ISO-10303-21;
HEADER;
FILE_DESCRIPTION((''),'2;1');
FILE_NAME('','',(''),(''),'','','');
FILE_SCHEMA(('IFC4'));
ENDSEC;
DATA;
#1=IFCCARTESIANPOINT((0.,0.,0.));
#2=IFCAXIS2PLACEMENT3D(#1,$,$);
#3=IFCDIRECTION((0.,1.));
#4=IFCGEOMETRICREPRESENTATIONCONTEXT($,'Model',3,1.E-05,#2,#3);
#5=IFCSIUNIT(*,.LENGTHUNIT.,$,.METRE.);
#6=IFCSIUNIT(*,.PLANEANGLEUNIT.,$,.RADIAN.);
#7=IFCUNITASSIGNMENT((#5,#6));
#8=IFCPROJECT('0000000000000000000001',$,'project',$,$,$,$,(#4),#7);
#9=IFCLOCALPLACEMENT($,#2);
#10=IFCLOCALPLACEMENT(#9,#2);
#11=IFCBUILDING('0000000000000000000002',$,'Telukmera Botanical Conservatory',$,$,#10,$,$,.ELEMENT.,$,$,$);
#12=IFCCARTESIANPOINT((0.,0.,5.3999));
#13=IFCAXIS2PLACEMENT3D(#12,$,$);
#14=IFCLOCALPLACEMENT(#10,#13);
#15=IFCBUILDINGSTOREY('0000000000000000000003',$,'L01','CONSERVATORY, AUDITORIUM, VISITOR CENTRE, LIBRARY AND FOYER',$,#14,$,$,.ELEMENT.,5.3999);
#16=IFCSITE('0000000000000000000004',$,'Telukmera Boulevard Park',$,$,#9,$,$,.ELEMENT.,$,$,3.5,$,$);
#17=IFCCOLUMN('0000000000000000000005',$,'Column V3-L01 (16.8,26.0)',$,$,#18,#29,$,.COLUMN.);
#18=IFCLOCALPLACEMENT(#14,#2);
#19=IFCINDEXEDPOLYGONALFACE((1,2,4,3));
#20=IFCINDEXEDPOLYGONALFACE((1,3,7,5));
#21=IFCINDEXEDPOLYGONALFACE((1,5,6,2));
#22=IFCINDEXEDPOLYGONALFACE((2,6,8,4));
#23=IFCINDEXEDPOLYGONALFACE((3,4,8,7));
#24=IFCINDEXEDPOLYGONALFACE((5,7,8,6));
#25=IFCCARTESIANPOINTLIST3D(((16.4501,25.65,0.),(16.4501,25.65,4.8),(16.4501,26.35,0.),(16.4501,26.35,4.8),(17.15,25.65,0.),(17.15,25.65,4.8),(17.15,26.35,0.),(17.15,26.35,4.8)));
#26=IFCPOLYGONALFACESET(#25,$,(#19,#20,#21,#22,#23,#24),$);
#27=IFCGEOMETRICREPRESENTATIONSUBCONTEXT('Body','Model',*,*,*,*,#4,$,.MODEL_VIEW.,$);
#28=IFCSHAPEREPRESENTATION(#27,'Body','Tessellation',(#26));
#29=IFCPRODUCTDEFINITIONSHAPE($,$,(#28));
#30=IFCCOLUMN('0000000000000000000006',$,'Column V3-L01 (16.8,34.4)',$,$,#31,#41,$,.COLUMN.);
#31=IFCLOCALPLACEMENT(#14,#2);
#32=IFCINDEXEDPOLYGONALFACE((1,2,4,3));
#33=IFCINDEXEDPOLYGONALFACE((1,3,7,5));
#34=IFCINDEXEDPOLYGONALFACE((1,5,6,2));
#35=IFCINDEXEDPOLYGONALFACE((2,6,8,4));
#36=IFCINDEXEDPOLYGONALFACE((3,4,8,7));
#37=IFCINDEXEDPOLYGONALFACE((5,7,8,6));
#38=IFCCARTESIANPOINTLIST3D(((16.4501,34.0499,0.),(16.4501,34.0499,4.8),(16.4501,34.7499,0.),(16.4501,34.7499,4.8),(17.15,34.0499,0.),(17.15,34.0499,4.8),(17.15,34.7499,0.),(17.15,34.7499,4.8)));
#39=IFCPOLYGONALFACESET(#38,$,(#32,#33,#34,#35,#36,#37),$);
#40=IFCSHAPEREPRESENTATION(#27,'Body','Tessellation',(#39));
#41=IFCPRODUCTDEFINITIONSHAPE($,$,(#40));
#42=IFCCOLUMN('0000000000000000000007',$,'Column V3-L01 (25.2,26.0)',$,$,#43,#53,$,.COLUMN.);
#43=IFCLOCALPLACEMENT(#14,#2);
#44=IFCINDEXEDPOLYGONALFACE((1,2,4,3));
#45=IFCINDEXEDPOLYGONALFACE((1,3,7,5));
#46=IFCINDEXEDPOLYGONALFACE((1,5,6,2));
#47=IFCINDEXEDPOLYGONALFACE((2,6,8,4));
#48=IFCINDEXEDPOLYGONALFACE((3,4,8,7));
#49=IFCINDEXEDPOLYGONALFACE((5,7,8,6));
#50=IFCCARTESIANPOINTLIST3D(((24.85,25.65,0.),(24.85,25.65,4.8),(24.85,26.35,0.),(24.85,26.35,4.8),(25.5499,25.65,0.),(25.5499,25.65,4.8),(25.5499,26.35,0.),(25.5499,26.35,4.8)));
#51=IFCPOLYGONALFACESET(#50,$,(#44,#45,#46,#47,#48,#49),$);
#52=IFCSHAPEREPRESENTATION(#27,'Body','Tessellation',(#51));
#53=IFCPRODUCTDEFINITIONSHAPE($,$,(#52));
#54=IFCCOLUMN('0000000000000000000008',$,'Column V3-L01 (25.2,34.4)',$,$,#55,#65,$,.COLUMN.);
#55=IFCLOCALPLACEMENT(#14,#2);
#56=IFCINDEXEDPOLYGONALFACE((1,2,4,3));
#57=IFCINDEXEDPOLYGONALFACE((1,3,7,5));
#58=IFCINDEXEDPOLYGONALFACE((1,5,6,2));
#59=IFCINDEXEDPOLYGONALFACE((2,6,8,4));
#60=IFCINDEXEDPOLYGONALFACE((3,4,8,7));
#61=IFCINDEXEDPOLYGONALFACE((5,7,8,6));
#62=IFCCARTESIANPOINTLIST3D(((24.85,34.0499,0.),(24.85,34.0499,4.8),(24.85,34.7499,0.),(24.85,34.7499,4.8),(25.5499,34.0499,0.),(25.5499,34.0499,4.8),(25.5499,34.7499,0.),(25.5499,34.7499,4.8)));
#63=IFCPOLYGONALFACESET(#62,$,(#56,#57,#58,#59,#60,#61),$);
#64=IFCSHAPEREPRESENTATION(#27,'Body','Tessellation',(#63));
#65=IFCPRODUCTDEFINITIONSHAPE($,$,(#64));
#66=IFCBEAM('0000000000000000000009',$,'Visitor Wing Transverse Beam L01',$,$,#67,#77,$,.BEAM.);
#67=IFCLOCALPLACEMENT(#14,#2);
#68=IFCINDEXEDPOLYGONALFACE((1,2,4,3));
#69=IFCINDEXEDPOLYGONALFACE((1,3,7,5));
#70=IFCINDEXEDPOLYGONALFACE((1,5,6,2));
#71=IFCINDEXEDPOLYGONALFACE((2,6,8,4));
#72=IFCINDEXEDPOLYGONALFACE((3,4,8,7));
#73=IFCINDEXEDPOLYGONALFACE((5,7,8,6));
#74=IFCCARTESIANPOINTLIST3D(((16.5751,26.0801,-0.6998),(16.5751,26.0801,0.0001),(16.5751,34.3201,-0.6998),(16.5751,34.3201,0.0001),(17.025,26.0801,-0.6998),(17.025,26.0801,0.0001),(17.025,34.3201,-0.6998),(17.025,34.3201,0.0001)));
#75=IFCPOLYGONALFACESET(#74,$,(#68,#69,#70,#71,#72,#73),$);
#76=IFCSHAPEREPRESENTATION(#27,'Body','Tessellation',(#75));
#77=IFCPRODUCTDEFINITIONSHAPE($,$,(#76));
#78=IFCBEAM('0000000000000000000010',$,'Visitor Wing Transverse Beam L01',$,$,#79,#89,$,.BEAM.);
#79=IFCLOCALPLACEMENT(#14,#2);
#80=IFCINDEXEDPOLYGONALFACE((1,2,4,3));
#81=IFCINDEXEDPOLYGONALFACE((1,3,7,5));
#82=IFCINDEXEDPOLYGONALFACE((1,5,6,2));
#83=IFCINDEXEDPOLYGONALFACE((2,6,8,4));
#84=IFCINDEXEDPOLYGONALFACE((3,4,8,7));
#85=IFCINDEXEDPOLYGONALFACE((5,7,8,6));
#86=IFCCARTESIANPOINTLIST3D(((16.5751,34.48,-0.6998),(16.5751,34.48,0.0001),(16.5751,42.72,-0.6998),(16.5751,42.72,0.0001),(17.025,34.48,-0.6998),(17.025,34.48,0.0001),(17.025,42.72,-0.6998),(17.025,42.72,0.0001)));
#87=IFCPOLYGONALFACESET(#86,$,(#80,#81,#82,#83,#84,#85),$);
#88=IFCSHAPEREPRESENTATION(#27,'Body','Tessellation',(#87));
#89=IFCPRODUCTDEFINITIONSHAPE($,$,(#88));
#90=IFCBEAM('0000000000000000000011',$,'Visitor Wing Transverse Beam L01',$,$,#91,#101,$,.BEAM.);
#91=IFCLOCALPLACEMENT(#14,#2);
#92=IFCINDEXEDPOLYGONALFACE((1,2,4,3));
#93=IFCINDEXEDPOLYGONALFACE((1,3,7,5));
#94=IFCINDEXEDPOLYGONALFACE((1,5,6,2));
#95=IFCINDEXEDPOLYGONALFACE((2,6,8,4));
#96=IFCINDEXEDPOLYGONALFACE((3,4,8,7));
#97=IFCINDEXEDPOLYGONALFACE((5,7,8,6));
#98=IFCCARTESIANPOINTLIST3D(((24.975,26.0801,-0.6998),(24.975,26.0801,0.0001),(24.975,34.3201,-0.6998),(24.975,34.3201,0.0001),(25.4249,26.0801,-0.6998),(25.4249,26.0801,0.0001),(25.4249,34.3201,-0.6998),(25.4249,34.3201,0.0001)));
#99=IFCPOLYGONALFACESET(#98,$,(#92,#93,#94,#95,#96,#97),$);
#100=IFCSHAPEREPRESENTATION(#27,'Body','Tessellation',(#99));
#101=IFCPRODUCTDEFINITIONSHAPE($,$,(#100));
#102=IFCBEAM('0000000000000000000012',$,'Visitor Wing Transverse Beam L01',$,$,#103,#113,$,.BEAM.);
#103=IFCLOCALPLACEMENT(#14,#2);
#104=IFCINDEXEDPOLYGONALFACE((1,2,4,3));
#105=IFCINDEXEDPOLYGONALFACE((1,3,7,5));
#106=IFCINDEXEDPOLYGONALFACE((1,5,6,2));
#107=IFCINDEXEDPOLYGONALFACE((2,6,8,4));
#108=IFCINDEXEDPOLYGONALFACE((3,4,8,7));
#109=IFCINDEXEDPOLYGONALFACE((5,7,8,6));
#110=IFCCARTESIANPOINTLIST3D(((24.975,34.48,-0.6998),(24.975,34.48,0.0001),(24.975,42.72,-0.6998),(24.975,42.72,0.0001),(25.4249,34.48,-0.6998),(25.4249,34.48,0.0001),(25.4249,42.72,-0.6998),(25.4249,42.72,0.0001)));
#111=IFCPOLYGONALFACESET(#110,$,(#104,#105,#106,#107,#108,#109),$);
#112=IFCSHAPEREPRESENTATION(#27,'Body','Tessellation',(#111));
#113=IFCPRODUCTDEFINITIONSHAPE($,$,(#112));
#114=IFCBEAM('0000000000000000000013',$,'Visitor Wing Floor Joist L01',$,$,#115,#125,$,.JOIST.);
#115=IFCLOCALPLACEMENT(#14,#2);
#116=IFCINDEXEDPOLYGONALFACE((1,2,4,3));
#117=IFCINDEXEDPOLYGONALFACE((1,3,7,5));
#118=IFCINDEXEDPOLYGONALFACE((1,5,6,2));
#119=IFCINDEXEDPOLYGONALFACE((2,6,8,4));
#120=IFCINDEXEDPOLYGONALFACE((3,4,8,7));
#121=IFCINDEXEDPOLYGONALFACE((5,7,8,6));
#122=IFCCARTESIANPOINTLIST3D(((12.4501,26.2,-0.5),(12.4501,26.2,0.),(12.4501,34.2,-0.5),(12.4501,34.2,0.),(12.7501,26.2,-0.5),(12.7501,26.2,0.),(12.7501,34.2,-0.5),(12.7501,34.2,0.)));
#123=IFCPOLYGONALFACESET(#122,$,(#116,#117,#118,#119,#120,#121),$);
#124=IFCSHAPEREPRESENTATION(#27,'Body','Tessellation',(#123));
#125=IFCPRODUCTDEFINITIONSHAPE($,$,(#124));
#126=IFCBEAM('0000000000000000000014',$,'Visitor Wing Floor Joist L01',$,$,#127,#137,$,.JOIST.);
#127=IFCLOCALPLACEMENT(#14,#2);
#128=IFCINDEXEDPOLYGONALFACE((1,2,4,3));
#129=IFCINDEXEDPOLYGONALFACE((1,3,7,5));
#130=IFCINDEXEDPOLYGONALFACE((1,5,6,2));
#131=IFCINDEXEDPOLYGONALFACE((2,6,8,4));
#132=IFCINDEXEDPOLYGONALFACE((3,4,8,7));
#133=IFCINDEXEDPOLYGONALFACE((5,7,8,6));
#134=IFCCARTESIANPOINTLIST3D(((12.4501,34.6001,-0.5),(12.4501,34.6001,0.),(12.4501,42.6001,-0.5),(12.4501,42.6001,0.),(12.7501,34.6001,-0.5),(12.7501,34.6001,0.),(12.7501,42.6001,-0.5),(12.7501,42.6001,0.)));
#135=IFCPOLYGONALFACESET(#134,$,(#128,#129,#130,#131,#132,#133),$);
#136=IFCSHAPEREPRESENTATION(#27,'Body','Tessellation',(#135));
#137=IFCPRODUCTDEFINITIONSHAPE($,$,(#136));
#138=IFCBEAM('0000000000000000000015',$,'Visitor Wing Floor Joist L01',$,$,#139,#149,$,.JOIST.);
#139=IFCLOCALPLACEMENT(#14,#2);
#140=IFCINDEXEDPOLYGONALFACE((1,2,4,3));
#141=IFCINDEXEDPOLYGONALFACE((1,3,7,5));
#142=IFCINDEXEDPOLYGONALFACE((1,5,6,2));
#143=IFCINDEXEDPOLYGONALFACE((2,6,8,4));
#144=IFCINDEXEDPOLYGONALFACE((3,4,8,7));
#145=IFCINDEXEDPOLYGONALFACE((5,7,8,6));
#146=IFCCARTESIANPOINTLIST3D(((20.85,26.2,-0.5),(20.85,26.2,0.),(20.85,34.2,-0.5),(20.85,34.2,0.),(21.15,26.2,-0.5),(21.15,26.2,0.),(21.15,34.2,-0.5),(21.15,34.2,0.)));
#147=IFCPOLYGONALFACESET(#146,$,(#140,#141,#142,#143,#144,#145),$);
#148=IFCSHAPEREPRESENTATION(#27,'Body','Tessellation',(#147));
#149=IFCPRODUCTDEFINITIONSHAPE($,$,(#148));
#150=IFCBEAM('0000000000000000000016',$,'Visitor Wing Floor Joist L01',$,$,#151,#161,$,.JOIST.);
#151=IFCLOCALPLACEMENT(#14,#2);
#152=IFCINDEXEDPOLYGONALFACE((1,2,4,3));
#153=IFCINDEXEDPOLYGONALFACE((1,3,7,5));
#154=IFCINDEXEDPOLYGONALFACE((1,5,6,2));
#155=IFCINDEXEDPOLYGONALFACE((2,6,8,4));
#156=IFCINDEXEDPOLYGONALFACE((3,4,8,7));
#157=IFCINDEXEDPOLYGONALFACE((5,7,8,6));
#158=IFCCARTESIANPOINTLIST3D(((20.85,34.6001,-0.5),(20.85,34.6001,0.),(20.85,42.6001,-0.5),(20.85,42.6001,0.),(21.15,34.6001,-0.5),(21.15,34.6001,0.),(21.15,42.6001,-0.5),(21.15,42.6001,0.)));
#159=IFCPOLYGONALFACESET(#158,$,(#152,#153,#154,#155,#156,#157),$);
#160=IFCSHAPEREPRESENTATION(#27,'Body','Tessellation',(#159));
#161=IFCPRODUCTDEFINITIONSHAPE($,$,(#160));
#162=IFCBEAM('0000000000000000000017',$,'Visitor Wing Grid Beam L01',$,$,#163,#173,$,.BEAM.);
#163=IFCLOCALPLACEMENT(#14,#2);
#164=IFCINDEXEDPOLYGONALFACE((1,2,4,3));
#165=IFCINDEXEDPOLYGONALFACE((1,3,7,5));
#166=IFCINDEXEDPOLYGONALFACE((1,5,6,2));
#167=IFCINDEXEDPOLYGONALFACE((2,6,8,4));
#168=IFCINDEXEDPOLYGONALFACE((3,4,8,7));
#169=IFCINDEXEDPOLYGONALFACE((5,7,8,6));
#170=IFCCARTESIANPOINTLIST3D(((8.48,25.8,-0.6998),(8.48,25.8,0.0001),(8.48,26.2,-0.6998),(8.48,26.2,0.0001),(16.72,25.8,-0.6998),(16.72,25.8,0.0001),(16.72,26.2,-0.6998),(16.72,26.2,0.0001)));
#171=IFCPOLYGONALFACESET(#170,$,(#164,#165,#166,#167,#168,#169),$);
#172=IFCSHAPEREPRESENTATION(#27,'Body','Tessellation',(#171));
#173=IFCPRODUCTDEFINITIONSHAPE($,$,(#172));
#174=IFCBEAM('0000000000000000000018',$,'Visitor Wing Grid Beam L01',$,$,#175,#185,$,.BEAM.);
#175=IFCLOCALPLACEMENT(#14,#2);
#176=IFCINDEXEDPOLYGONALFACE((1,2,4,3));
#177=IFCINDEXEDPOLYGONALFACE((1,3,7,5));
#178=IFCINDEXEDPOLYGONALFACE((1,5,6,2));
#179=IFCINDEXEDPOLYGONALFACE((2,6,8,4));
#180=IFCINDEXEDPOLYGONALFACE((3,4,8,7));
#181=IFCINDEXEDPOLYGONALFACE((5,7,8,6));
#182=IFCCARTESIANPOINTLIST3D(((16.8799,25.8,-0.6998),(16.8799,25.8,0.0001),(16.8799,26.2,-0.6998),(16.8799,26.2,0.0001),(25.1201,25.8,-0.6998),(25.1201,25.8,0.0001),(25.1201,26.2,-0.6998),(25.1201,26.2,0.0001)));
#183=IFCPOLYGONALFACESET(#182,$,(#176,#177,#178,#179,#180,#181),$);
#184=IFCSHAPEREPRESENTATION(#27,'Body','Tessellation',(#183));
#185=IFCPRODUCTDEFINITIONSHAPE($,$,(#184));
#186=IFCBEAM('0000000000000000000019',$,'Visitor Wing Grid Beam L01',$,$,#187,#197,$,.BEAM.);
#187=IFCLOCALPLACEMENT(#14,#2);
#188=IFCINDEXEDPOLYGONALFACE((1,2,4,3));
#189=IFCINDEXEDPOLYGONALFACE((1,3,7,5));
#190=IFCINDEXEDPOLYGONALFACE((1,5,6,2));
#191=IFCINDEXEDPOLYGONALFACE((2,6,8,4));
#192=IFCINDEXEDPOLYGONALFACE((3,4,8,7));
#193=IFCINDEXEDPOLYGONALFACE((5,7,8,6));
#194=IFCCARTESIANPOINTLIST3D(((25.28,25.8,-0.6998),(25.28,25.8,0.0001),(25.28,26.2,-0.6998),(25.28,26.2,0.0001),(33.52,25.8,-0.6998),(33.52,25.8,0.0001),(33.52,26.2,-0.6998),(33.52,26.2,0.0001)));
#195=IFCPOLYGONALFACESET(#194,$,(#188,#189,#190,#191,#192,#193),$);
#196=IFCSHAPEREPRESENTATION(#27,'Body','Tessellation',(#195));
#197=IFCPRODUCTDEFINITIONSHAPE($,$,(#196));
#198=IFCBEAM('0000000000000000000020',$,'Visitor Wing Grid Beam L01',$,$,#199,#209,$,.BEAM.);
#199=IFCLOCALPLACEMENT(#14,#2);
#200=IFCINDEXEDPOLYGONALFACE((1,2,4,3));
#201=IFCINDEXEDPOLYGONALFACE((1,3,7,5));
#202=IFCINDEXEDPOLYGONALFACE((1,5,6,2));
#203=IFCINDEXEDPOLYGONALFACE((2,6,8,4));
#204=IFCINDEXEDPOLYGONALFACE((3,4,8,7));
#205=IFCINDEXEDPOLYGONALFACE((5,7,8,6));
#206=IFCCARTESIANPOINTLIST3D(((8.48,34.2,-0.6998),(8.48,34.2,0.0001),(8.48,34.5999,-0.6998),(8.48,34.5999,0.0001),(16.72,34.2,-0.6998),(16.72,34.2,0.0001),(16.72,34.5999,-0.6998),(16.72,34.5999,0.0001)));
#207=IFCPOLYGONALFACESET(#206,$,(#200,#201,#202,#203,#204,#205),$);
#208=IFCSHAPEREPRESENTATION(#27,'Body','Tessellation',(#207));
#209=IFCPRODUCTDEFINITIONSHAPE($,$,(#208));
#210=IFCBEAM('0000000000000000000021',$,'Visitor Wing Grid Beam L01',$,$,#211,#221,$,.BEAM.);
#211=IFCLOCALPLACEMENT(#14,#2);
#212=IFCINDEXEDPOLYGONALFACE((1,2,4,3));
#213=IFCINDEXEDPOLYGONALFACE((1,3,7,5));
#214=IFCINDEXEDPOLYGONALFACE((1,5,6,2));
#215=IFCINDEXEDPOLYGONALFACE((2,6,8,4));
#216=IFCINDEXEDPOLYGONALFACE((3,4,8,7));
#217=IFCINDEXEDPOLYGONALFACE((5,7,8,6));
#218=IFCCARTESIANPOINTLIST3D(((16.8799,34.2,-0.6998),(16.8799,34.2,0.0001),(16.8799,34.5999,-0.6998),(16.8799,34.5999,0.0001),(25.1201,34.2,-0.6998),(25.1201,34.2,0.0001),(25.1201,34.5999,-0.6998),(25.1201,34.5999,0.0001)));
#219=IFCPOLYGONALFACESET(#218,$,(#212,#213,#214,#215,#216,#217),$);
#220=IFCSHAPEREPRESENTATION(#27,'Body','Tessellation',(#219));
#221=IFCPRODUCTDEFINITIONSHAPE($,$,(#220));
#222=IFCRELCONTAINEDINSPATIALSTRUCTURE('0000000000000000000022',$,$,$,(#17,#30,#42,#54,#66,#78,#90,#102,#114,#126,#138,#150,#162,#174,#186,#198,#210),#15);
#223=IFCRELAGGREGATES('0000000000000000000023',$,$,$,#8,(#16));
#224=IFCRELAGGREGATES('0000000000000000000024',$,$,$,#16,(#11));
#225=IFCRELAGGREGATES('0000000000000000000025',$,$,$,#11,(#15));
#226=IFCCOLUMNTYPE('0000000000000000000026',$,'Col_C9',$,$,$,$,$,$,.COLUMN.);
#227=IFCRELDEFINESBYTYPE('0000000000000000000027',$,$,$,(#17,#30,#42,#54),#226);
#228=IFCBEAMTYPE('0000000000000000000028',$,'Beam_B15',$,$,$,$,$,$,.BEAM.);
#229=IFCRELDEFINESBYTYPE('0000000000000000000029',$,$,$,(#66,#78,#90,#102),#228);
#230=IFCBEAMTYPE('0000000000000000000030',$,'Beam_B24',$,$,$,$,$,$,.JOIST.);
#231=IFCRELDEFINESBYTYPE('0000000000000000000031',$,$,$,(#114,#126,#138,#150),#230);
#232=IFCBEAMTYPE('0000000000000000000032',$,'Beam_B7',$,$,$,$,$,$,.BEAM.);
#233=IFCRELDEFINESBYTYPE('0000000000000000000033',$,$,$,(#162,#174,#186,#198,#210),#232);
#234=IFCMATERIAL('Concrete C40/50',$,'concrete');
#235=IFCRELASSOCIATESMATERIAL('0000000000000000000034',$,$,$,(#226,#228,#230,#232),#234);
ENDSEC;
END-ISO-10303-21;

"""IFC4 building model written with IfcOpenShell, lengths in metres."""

from ifc_helpers import new_model, si_unit, direction, frame, origin, origin_2d, place, context, subcontext, project, spatial, rectangle, extrude, material, material_profile, profile_set, type_object, element, save


model = new_model("IFC4")

# Units and contexts
model_context = context("Model", 3, precision=1e-05, world=origin(), true_north=direction((0.0, 1.0)))
body_context = subcontext(model_context, "Body", "Model", "MODEL_VIEW")
ifc_project = project(units=[si_unit("LENGTHUNIT", "METRE"), si_unit("PLANEANGLEUNIT", "RADIAN")], contexts=[model_context])

# Site, building, storey
site_placement = place(None, origin())
site = spatial("IfcSite", under=ifc_project, at=site_placement, Name="Telukmera Boulevard Park", CompositionType="ELEMENT", RefElevation=3.5)
building_placement = place(site_placement, origin())
building = spatial("IfcBuilding", under=site, at=building_placement, Name="Telukmera Botanical Conservatory", CompositionType="ELEMENT")
storey_placement = place(building_placement, frame((0.0, 0.0, 5.3999)))
storey = spatial("IfcBuildingStorey", under=building, at=storey_placement, Name="L01", Description="CONSERVATORY, AUDITORIUM, VISITOR CENTRE, LIBRARY AND FOYER", CompositionType="ELEMENT", Elevation=5.3999)

# Columns
ifc_material_1 = material(Name="Concrete C40/50", Category="concrete")
ifc_material_profile_1 = material_profile(ifc_material_1, rectangle(XDim=0.7, YDim=0.7, at=origin_2d()), Name="RC 700x700")
ifc_profile_set_1 = profile_set([ifc_material_profile_1], Name="Concrete C40/50")
column_type = type_object("IfcColumnType", Name="Col_C9", PredefinedType="COLUMN", material=ifc_profile_set_1)
for number, where, z_axis, x_axis, name in (
    (1, (16.8, 26.0, 0.0), (0.0, 0.0, 1.0), (1.0, 0.0, 0.0), "Column V3-L01 (16.8,26.0)"),
    (2, (16.8, 34.3999, 0.0), (0.0, 0.0, 1.0), (1.0, 0.0, 0.0), "Column V3-L01 (16.8,34.4)"),
    (3, (25.2, 26.0, 0.0), (0.0, 0.0, 1.0), (1.0, 0.0, 0.0), "Column V3-L01 (25.2,26.0)"),
    (4, (25.2, 34.3999, 0.0), (0.0, 0.0, 1.0), (1.0, 0.0, 0.0), "Column V3-L01 (25.2,34.4)"),
):
    element("IfcColumn", number, at=place(storey_placement, frame(where, z_axis=z_axis, x_axis=x_axis)), inside=storey, type_object=column_type, Name=name, PredefinedType="COLUMN", context=body_context, shape_type="SweptSolid", body=[
        extrude(rectangle(XDim=0.7, YDim=0.7, at=origin_2d()), origin(), (0.0, 0.0, 1.0), 4.8),
    ])

# Beams
ifc_material_profile_2 = material_profile(ifc_material_1, rectangle(XDim=0.45, YDim=0.7, at=origin_2d()), Name="RC 450x700")
ifc_profile_set_2 = profile_set([ifc_material_profile_2], Name="Concrete C40/50")
beam_type_1 = type_object("IfcBeamType", Name="Beam_B15", PredefinedType="BEAM", material=ifc_profile_set_2)
for number, where, z_axis, x_axis, name in (
    (5, (16.8, 26.0801, -0.3499), (0.0, 1.0, 0.0), (-1.0, 0.0, 0.0), "Visitor Wing Transverse Beam L01"),
    (6, (16.8, 34.48, -0.3499), (0.0, 1.0, 0.0), (-1.0, 0.0, 0.0), "Visitor Wing Transverse Beam L01"),
    (7, (25.2, 26.0801, -0.3499), (0.0, 1.0, 0.0), (-1.0, 0.0, 0.0), "Visitor Wing Transverse Beam L01"),
    (8, (25.2, 34.48, -0.3499), (0.0, 1.0, 0.0), (-1.0, 0.0, 0.0), "Visitor Wing Transverse Beam L01"),
):
    element("IfcBeam", number, at=place(storey_placement, frame(where, z_axis=z_axis, x_axis=x_axis)), inside=storey, type_object=beam_type_1, Name=name, PredefinedType="BEAM", context=body_context, shape_type="SweptSolid", body=[
        extrude(rectangle(XDim=0.45, YDim=0.7, at=origin_2d()), origin(), (0.0, 0.0, 1.0), 8.24),
    ])
ifc_material_profile_3 = material_profile(ifc_material_1, rectangle(XDim=0.3, YDim=0.5, at=origin_2d()), Name="RC 300x500")
ifc_profile_set_3 = profile_set([ifc_material_profile_3], Name="Concrete C40/50")
beam_type_2 = type_object("IfcBeamType", Name="Beam_B24", PredefinedType="JOIST", material=ifc_profile_set_3)
for number, where, z_axis, x_axis, name in (
    (9, (12.6001, 26.2, -0.25), (0.0, 1.0, 0.0), (-1.0, 0.0, 0.0), "Visitor Wing Floor Joist L01"),
    (10, (12.6001, 34.6001, -0.25), (0.0, 1.0, 0.0), (-1.0, 0.0, 0.0), "Visitor Wing Floor Joist L01"),
    (11, (21.0, 26.2, -0.25), (0.0, 1.0, 0.0), (-1.0, 0.0, 0.0), "Visitor Wing Floor Joist L01"),
    (12, (21.0, 34.6001, -0.25), (0.0, 1.0, 0.0), (-1.0, 0.0, 0.0), "Visitor Wing Floor Joist L01"),
):
    element("IfcBeam", number, at=place(storey_placement, frame(where, z_axis=z_axis, x_axis=x_axis)), inside=storey, type_object=beam_type_2, Name=name, PredefinedType="JOIST", context=body_context, shape_type="SweptSolid", body=[
        extrude(rectangle(XDim=0.3, YDim=0.5, at=origin_2d()), origin(), (0.0, 0.0, 1.0), 8.0),
    ])
ifc_material_profile_4 = material_profile(ifc_material_1, rectangle(XDim=0.3999, YDim=0.7, at=origin_2d()), Name="RC 400x700")
ifc_profile_set_4 = profile_set([ifc_material_profile_4], Name="Concrete C40/50")
beam_type_3 = type_object("IfcBeamType", Name="Beam_B7", PredefinedType="BEAM", material=ifc_profile_set_4)
beam_1_placement = place(storey_placement, frame((8.48, 26.0, -0.3499), z_axis=(1.0, 0.0, 0.0), x_axis=(0.0, 1.0, 0.0)))
element("IfcBeam", 13, at=beam_1_placement, inside=storey, type_object=beam_type_3, Name="Visitor Wing Grid Beam L01", PredefinedType="BEAM", context=body_context, shape_type="SweptSolid", body=[
    extrude(rectangle(XDim=0.3999, YDim=0.7, at=origin_2d()), origin(), (0.0, 0.0, 1.0), 8.24),
])
beam_2_placement = place(storey_placement, frame((16.8799, 26.0, -0.3499), z_axis=(1.0, 0.0, 0.0), x_axis=(0.0, 1.0, 0.0)))
element("IfcBeam", 14, at=beam_2_placement, inside=storey, type_object=beam_type_3, Name="Visitor Wing Grid Beam L01", PredefinedType="BEAM", context=body_context, shape_type="SweptSolid", body=[
    extrude(rectangle(XDim=0.3999, YDim=0.7, at=origin_2d()), origin(), (0.0, 0.0, 1.0), 8.2402),
])
for number, where, z_axis, x_axis, name in (
    (15, (25.28, 26.0, -0.3499), (1.0, 0.0, 0.0), (0.0, 1.0, 0.0), "Visitor Wing Grid Beam L01"),
    (16, (8.48, 34.3999, -0.3499), (1.0, 0.0, 0.0), (0.0, 1.0, 0.0), "Visitor Wing Grid Beam L01"),
):
    element("IfcBeam", number, at=place(storey_placement, frame(where, z_axis=z_axis, x_axis=x_axis)), inside=storey, type_object=beam_type_3, Name=name, PredefinedType="BEAM", context=body_context, shape_type="SweptSolid", body=[
        extrude(rectangle(XDim=0.3999, YDim=0.7, at=origin_2d()), origin(), (0.0, 0.0, 1.0), 8.24),
    ])
beam_3_placement = place(storey_placement, frame((16.8799, 34.3999, -0.3499), z_axis=(1.0, 0.0, 0.0), x_axis=(0.0, 1.0, 0.0)))
element("IfcBeam", 17, at=beam_3_placement, inside=storey, type_object=beam_type_3, Name="Visitor Wing Grid Beam L01", PredefinedType="BEAM", context=body_context, shape_type="SweptSolid", body=[
    extrude(rectangle(XDim=0.3999, YDim=0.7, at=origin_2d()), origin(), (0.0, 0.0, 1.0), 8.2402),
])

save(model, "model.ifc")
